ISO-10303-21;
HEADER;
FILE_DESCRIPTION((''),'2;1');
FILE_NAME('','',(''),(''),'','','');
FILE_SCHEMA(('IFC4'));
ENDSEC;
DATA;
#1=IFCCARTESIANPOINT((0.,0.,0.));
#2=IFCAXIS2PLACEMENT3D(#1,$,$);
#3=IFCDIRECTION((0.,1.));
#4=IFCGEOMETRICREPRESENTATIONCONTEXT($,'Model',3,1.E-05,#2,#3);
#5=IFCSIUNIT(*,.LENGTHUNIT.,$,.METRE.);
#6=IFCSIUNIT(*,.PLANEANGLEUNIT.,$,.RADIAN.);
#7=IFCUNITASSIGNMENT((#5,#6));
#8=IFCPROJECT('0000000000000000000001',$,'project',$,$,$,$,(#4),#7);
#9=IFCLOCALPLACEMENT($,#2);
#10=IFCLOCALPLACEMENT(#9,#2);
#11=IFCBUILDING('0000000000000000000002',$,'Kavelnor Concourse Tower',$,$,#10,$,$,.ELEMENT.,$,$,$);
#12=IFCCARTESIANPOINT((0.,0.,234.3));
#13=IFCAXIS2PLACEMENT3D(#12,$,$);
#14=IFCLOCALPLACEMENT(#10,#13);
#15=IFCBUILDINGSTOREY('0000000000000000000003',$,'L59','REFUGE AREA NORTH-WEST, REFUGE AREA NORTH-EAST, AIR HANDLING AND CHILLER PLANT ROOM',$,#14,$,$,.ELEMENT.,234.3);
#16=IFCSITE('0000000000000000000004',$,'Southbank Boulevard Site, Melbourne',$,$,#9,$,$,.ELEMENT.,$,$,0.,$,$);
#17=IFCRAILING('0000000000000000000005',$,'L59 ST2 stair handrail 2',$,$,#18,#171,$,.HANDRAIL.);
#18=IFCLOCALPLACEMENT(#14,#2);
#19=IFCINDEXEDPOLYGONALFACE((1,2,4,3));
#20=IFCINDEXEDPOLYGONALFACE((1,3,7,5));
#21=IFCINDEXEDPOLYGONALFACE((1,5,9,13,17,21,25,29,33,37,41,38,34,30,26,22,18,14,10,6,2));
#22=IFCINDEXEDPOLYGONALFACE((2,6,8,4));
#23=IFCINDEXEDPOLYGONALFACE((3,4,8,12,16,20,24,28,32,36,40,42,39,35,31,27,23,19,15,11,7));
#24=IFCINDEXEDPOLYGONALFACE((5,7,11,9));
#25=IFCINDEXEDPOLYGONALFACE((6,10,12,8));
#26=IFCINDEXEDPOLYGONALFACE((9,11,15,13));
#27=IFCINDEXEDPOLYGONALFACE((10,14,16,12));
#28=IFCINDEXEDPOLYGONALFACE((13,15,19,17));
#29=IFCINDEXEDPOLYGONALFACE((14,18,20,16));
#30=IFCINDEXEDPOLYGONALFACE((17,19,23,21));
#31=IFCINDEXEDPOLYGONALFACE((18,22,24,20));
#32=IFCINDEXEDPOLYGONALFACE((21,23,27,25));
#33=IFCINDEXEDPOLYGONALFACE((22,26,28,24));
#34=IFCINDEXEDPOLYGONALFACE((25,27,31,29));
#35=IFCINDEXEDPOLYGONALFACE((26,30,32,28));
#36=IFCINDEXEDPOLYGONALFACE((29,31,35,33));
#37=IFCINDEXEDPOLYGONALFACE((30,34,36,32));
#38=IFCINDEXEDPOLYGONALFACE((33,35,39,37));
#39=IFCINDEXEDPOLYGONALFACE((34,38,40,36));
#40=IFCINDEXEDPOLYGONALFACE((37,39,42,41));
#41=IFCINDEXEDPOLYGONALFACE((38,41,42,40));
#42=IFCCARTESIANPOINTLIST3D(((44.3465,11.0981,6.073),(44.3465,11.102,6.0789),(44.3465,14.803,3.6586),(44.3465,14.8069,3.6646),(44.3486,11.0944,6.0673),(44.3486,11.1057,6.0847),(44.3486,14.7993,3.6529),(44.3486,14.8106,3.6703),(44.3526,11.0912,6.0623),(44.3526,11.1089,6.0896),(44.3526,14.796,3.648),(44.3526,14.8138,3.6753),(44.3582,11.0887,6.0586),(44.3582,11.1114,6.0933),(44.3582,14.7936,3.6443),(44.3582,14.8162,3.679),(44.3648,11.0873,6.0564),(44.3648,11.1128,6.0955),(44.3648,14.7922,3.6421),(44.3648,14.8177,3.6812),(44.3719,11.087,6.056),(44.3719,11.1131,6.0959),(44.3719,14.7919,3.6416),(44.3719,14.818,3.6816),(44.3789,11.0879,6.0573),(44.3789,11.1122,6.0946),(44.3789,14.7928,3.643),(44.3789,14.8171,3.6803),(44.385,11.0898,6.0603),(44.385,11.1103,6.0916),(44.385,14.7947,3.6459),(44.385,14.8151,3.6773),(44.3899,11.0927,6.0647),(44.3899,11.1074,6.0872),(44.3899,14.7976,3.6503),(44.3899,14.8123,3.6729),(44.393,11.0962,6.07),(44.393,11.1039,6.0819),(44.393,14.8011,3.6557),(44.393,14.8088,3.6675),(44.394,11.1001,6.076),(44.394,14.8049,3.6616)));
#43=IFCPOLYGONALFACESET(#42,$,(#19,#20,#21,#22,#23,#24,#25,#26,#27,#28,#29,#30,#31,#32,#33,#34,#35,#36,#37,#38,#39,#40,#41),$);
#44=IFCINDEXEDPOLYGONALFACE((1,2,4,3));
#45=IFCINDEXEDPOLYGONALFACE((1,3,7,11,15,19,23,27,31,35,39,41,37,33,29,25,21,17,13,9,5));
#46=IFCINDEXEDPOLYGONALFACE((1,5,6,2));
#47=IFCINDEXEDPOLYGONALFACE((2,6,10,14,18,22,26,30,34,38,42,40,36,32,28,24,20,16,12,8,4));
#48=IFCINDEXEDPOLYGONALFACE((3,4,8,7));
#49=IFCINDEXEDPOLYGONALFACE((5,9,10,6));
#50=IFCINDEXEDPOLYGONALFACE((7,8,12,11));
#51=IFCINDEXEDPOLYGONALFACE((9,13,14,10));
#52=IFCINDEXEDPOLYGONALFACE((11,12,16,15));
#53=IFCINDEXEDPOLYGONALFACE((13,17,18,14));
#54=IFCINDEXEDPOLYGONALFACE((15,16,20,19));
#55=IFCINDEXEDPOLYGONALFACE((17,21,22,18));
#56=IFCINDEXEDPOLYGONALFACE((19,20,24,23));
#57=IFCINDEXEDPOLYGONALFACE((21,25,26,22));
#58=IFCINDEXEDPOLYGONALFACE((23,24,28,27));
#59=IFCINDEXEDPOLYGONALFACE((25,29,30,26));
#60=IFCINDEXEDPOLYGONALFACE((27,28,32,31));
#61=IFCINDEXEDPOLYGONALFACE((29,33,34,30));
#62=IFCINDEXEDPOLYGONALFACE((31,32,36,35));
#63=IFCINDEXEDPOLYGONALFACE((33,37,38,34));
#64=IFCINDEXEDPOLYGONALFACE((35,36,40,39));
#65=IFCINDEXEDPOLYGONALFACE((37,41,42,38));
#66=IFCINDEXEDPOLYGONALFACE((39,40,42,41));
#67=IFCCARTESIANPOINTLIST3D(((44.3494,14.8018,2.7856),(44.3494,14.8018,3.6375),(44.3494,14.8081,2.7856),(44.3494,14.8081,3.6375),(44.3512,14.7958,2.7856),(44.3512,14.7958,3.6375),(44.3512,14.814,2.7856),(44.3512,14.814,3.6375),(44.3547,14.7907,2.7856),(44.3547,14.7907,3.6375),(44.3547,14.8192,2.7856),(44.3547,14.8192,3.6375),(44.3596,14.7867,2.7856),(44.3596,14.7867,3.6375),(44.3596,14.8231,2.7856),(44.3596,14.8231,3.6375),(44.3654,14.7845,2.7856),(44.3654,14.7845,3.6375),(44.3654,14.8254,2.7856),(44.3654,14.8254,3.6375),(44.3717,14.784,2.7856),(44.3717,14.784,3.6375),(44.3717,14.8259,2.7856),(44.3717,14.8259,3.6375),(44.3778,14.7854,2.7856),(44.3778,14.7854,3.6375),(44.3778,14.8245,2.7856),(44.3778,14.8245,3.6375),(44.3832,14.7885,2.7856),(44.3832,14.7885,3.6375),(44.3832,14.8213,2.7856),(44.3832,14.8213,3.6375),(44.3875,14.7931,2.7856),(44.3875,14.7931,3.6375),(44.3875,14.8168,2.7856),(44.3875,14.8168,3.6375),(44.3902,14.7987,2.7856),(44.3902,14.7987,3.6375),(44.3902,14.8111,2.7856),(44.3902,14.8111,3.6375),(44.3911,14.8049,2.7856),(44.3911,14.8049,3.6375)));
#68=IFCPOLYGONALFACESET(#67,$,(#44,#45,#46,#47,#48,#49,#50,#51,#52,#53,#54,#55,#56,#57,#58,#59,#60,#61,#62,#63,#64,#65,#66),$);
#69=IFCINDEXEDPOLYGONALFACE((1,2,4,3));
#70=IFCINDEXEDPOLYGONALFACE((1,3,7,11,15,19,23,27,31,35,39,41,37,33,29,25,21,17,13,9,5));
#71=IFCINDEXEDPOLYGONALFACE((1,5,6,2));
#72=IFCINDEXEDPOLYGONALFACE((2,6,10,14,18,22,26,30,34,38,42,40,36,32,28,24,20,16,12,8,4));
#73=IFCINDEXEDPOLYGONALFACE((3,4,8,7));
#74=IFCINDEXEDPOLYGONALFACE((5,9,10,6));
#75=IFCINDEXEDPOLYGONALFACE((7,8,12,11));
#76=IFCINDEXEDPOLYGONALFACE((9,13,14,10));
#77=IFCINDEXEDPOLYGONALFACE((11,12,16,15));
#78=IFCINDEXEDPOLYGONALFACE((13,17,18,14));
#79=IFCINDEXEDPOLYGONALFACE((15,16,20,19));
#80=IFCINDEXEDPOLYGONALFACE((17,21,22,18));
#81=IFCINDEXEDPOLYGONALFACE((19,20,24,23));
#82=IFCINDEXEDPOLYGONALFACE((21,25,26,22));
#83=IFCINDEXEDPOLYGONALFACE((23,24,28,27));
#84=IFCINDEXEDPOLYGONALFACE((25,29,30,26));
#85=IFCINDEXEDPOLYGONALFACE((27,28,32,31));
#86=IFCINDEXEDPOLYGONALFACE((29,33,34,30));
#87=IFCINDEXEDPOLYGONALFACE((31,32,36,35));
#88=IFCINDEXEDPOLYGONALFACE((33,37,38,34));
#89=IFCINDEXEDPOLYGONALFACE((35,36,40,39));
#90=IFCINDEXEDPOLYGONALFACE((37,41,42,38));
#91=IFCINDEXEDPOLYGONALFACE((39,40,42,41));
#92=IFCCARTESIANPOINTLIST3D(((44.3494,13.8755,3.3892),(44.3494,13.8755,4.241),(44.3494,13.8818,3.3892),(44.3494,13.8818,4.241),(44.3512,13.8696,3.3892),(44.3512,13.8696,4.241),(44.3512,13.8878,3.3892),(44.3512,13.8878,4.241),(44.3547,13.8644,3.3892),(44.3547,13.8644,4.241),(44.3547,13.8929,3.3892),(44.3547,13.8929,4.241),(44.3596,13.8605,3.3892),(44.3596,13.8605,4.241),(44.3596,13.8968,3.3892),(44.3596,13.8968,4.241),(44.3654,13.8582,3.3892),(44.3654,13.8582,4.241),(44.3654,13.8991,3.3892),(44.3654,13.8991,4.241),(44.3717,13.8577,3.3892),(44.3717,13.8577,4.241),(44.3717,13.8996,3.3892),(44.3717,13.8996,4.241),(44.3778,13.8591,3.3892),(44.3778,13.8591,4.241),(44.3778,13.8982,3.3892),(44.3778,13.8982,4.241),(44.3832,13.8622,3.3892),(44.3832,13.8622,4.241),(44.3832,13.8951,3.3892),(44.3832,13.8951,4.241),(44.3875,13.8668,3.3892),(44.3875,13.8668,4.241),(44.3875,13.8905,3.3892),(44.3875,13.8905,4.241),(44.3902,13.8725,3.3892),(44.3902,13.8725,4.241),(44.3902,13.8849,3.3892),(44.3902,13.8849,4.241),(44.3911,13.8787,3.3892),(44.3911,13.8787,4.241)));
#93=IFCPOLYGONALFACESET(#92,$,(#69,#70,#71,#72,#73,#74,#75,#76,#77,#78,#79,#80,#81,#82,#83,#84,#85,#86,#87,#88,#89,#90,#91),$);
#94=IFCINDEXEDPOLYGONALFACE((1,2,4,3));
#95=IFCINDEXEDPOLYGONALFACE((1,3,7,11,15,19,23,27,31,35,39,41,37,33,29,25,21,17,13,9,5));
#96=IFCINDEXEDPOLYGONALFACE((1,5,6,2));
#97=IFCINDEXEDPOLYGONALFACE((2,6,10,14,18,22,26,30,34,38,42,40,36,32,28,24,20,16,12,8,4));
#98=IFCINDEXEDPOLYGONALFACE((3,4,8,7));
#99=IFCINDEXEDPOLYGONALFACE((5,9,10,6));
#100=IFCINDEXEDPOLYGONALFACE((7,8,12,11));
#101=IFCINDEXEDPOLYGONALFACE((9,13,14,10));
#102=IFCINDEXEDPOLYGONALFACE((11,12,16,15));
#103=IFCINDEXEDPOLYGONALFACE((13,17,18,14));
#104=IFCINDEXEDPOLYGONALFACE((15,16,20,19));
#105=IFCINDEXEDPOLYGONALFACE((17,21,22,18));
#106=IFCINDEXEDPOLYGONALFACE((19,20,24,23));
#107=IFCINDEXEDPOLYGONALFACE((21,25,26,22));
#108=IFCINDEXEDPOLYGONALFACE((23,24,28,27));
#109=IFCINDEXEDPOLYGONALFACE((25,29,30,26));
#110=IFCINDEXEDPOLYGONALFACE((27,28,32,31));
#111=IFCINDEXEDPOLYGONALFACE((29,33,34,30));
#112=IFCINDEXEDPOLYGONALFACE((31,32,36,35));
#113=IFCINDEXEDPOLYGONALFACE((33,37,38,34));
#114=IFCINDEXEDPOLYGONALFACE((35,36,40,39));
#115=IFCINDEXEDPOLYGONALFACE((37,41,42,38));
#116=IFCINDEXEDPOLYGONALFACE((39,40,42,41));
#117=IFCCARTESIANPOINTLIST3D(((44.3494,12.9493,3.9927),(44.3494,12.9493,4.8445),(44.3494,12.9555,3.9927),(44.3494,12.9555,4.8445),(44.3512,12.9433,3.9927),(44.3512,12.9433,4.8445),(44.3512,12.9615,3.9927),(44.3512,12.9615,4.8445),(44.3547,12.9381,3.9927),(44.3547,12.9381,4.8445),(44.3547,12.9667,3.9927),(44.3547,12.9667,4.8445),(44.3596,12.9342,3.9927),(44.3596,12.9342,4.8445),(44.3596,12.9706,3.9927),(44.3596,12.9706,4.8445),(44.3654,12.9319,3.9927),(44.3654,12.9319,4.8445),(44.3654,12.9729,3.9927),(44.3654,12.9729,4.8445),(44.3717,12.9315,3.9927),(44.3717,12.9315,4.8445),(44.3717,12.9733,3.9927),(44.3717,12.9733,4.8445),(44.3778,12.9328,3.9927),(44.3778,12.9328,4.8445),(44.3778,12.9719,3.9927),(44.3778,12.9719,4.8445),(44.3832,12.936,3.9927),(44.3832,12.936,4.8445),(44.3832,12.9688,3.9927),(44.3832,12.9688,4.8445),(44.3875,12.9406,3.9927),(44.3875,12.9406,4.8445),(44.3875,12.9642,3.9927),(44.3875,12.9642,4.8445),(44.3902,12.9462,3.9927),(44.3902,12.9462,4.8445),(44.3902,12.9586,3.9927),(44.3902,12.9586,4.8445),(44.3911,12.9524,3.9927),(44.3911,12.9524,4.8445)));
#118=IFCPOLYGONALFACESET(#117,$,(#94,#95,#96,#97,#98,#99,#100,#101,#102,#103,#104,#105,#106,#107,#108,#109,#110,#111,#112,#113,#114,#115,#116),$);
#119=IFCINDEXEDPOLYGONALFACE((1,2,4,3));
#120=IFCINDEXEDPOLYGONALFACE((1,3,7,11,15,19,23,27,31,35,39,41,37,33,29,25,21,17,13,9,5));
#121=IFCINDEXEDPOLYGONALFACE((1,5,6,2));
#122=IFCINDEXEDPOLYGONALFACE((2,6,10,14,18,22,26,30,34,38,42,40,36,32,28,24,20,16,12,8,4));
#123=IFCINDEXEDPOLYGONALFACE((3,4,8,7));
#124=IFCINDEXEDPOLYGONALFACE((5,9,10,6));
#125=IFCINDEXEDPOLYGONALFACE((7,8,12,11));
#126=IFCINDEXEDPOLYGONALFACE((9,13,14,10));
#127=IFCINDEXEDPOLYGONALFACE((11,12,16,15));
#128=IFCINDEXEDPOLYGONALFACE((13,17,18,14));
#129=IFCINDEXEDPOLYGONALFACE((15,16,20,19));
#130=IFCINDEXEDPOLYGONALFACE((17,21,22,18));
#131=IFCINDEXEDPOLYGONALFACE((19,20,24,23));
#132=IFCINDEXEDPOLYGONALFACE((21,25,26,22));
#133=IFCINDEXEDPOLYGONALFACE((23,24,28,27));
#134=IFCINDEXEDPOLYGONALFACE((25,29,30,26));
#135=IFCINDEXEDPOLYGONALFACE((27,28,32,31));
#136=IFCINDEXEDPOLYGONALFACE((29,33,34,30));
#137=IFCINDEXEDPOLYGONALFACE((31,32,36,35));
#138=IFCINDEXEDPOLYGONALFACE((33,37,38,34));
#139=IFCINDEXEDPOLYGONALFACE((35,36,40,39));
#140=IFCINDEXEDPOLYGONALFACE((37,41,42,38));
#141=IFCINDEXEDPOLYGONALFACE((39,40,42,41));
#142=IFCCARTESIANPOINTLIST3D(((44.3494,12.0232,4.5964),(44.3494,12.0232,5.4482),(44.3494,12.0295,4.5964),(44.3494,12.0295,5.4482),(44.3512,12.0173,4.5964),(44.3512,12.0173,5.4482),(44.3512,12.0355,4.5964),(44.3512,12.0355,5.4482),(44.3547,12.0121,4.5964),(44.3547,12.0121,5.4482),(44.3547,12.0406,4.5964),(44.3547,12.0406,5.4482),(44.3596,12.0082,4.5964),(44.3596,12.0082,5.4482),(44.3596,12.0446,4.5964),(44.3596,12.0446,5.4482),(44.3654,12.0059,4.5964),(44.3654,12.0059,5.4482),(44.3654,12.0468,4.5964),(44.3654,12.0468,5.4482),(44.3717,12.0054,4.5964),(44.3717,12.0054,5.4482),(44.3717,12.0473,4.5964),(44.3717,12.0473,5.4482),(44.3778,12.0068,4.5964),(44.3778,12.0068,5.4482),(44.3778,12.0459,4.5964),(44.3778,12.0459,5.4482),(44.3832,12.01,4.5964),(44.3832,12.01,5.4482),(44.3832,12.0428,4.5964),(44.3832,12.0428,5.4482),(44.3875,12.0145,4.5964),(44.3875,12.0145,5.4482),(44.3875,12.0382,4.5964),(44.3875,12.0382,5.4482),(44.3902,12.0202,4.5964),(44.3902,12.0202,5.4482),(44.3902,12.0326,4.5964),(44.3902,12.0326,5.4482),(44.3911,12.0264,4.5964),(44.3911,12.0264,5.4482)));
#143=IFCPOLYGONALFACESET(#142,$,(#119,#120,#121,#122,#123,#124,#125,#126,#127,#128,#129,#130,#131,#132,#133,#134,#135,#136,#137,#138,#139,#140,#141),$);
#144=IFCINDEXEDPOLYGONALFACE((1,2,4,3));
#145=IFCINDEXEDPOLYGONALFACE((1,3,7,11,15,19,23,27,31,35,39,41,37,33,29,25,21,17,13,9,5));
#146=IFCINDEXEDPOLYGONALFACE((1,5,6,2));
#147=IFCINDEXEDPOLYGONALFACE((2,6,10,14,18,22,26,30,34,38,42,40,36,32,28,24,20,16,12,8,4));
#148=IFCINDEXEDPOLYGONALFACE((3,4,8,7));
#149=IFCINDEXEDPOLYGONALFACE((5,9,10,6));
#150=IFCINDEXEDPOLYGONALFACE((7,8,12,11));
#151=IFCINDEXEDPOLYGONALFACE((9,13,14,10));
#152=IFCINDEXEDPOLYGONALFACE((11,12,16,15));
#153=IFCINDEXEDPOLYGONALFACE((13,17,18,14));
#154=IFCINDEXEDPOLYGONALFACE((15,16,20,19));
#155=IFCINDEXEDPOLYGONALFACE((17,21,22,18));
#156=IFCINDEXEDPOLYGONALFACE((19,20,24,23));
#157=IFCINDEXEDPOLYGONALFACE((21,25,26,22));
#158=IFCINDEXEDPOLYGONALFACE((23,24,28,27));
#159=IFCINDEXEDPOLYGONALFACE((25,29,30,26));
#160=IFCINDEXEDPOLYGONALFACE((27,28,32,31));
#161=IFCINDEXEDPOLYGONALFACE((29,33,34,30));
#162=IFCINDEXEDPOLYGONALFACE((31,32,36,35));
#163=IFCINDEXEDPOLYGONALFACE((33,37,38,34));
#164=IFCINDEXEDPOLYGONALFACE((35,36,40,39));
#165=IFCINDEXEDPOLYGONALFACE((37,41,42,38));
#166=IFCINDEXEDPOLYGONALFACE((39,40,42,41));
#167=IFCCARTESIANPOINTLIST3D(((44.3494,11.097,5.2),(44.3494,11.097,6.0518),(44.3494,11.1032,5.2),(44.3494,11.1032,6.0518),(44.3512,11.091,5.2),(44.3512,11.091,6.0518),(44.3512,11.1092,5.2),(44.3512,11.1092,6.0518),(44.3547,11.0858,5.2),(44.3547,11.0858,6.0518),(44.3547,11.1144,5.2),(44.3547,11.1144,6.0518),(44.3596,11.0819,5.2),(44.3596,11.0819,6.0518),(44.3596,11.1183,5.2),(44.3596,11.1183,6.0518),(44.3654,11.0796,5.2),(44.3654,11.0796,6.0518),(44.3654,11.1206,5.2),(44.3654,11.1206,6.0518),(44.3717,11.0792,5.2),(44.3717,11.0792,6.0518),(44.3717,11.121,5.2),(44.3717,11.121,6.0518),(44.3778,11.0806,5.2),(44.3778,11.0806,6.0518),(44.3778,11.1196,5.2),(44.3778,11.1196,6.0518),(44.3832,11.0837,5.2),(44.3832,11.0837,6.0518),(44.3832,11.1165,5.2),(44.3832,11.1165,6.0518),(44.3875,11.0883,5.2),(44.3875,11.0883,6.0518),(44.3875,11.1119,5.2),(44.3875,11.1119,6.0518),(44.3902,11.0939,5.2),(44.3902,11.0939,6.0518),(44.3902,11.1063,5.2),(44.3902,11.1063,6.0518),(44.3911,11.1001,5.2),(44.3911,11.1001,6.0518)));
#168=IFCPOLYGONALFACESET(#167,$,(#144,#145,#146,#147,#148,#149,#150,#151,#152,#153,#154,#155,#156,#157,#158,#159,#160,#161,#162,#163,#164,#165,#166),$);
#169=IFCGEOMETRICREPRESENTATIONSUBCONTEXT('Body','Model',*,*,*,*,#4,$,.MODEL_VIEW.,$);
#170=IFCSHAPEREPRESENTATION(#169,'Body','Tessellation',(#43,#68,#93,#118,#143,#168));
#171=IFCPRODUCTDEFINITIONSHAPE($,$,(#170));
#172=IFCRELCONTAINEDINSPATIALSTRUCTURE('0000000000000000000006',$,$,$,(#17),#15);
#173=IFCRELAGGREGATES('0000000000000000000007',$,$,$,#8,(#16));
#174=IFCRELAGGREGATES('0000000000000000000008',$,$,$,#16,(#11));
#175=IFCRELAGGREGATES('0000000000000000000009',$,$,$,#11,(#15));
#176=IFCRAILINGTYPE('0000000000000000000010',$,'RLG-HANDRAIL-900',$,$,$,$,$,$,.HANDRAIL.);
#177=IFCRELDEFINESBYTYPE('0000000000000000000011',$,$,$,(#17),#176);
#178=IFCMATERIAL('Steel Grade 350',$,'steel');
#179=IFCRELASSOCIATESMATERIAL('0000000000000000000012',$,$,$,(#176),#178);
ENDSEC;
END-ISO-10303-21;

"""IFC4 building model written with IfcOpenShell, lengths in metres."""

from ifc_helpers import new_model, si_unit, direction, frame, origin, origin_2d, place, context, subcontext, project, spatial, circle, extrude, material, type_object, element, save


model = new_model("IFC4")

# Units and contexts
model_context = context("Model", 3, precision=1e-05, world=origin(), true_north=direction((0.0, 1.0)))
body_context = subcontext(model_context, "Body", "Model", "MODEL_VIEW")
ifc_project = project(units=[si_unit("LENGTHUNIT", "METRE"), si_unit("PLANEANGLEUNIT", "RADIAN")], contexts=[model_context])

# Site, building, storey
site_placement = place(None, origin())
site = spatial("IfcSite", under=ifc_project, at=site_placement, Name="Southbank Boulevard Site, Melbourne", CompositionType="ELEMENT", RefElevation=0.0)
building_placement = place(site_placement, origin())
building = spatial("IfcBuilding", under=site, at=building_placement, Name="Kavelnor Concourse Tower", CompositionType="ELEMENT")
storey_placement = place(building_placement, frame((0.0, 0.0, 234.3)))
storey = spatial("IfcBuildingStorey", under=building, at=storey_placement, Name="L59", Description="REFUGE AREA NORTH-WEST, REFUGE AREA NORTH-EAST, AIR HANDLING AND CHILLER PLANT ROOM", CompositionType="ELEMENT", Elevation=234.3)

# Shared definitions
ifc_material_1 = material(Name="Steel Grade 350", Category="steel")

# Railing
railing_type_1 = type_object("IfcRailingType", Name="RLG-HANDRAIL-900", PredefinedType="HANDRAIL", material=ifc_material_1)
railing_1_placement = place(storey_placement, frame((44.3701, 14.8049, 2.7856)))
element("IfcRailing", 1, at=railing_1_placement, inside=storey, type_object=railing_type_1, Name="L59 ST2 stair handrail 2", PredefinedType="HANDRAIL", context=body_context, shape_type="SweptSolid", body=[
    extrude(circle(Radius=0.0239, at=origin_2d()), frame((0.0, 0.0, 0.876), z_axis=(0.0, -0.837806, 0.545968), x_axis=(1.0, 0.0, 0.0)), (0.0, 0.0, 1.0), 4.4221),
    extrude(circle(Radius=0.021, at=origin_2d()), origin(), (0.0, 0.0, 1.0), 0.8518),
    extrude(circle(Radius=0.021, at=origin_2d()), frame((0.0, -0.9263, 0.6035)), (0.0, 0.0, 1.0), 0.8518),
    extrude(circle(Radius=0.021, at=origin_2d()), frame((0.0, -1.8525, 1.207)), (0.0, 0.0, 1.0), 0.8518),
    extrude(circle(Radius=0.021, at=origin_2d()), frame((0.0, -2.7786, 1.8108)), (0.0, 0.0, 1.0), 0.8518),
    extrude(circle(Radius=0.021, at=origin_2d()), frame((0.0, -3.7048, 2.4143)), (0.0, 0.0, 1.0), 0.8518),
])

save(model, "model.ifc")
